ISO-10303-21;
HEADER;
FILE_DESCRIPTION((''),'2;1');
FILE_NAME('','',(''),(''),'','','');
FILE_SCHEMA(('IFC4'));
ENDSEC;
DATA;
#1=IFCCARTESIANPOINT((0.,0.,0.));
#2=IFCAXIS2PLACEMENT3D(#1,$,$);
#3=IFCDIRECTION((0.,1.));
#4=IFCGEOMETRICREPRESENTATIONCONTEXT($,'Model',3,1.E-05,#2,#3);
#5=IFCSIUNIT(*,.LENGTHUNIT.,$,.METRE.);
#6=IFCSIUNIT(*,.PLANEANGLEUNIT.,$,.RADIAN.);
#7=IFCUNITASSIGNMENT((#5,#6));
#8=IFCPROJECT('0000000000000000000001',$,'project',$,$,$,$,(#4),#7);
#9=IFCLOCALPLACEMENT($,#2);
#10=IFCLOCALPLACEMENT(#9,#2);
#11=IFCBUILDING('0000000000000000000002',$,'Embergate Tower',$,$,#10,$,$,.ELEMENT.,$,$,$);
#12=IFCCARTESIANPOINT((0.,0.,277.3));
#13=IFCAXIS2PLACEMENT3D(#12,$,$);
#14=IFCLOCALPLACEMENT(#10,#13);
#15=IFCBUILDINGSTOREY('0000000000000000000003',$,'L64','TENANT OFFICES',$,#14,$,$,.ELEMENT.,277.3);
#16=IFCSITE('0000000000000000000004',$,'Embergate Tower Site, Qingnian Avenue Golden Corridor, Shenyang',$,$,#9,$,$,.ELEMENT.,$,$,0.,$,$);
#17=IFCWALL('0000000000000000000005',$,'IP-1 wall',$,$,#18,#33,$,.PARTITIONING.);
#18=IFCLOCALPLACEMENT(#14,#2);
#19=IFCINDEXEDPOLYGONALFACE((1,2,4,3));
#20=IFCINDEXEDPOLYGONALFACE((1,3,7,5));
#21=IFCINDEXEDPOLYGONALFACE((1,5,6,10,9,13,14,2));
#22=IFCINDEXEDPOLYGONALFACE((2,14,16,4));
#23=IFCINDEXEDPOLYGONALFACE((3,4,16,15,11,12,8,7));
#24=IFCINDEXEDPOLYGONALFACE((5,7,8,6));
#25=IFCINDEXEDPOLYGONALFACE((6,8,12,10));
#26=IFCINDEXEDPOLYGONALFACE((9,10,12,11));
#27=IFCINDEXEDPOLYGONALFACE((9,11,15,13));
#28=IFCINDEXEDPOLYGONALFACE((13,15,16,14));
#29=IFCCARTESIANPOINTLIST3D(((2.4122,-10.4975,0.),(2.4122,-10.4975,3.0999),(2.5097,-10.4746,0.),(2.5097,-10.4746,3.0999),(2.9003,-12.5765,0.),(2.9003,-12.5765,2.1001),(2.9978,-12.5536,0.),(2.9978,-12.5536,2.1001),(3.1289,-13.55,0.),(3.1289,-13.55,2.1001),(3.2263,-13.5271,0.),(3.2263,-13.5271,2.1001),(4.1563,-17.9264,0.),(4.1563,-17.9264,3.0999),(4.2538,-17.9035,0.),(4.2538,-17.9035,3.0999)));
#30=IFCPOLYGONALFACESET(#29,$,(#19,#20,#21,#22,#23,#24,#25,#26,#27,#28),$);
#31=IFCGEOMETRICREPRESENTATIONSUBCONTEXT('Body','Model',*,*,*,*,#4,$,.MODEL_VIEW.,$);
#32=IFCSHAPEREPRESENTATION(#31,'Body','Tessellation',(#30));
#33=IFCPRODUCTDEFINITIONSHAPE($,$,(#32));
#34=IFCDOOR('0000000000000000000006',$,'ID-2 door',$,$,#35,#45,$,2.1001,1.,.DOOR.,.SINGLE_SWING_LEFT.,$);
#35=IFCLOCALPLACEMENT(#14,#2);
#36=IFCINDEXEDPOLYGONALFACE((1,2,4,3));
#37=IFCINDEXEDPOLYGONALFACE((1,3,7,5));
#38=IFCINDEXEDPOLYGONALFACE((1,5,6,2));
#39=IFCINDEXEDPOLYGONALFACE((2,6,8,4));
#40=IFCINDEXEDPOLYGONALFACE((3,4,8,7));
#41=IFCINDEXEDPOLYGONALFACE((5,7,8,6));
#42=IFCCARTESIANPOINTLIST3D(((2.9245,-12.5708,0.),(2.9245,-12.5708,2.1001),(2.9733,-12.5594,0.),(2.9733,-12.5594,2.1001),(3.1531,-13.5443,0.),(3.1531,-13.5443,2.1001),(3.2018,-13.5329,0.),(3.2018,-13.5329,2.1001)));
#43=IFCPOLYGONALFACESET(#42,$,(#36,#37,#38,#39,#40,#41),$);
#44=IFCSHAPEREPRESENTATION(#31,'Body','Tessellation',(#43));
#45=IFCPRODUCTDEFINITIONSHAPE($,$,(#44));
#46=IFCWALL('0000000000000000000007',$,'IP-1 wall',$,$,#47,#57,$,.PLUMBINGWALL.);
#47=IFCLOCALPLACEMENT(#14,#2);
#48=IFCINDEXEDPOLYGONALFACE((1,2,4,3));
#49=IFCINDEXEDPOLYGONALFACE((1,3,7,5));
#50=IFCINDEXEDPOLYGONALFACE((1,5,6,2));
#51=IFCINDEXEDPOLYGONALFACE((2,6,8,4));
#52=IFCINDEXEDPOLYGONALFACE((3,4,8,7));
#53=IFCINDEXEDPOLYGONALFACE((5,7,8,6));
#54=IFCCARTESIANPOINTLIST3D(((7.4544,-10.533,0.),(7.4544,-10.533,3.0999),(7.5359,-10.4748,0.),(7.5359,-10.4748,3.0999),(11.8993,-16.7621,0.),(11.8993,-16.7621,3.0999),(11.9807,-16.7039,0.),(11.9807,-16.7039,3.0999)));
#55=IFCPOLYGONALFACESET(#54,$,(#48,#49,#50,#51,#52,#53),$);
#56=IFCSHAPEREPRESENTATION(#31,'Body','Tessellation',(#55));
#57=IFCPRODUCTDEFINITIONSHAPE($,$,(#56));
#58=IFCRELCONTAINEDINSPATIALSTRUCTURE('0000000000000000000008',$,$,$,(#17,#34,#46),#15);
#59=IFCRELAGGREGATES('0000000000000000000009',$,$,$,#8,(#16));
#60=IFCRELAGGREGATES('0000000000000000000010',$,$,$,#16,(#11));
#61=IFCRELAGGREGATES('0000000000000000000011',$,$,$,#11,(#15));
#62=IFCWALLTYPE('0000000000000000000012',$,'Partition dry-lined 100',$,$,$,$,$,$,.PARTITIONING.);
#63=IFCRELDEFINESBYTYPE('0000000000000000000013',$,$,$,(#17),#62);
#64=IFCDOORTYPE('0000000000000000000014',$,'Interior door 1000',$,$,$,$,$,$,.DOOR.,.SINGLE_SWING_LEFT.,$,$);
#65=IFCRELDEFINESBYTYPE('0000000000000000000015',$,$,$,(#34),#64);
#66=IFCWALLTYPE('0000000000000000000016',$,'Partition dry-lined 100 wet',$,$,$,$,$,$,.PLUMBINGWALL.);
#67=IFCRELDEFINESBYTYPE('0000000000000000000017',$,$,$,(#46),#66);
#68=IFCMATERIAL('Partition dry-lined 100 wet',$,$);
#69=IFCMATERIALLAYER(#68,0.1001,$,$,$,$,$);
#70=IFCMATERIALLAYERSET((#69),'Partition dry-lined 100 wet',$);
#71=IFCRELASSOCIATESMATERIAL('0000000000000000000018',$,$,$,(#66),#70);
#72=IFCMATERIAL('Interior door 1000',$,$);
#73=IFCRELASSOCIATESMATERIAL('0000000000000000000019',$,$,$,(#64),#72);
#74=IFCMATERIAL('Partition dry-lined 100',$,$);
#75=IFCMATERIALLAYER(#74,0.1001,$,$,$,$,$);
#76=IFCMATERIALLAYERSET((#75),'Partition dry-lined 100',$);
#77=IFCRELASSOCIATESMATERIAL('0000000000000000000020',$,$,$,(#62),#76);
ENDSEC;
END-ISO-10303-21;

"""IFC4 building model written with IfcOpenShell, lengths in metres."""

from ifc_helpers import new_model, si_unit, direction, frame, frame_2d, origin, place, context, subcontext, project, spatial, rectangle, extrude, source, transform, mapped, material, layer, layer_set, type_object, element, fill, save


model = new_model("IFC4")

# Units and contexts
model_context = context("Model", 3, precision=1e-05, world=origin(), true_north=direction((0.0, 1.0)))
body_context = subcontext(model_context, "Body", "Model", "MODEL_VIEW")
ifc_project = project(units=[si_unit("LENGTHUNIT", "METRE"), si_unit("PLANEANGLEUNIT", "RADIAN")], contexts=[model_context])

# Site, building, storey
site_placement = place(None, origin())
site = spatial("IfcSite", under=ifc_project, at=site_placement, Name="Embergate Tower Site, Qingnian Avenue Golden Corridor, Shenyang", CompositionType="ELEMENT", RefElevation=0.0)
building_placement = place(site_placement, origin())
building = spatial("IfcBuilding", under=site, at=building_placement, Name="Embergate Tower", CompositionType="ELEMENT")
storey_placement = place(building_placement, frame((0.0, 0.0, 277.3)))
storey = spatial("IfcBuildingStorey", under=building, at=storey_placement, Name="L64", Description="TENANT OFFICES", CompositionType="ELEMENT", Elevation=277.3)

# Shared definitions
ifc_material_1 = material(Name="Partition dry-lined 100 wet")
ifc_layer_1 = layer(ifc_material_1, 0.1001)
ifc_layer_set_1 = layer_set([ifc_layer_1], Name="Partition dry-lined 100 wet")
wall_type_1 = type_object("IfcWallType", Name="Partition dry-lined 100 wet", PredefinedType="PLUMBINGWALL", material=ifc_layer_set_1)

# Shared definitions
ifc_material_2 = material(Name="Interior door 1000")
door_type_1 = type_object("IfcDoorType", Name="Interior door 1000", OperationType="SINGLE_SWING_LEFT", PredefinedType="DOOR", material=ifc_material_2)
shared_shape_1 = source(origin(), body_context, "Body", "SweptSolid", [
    extrude(rectangle(XDim=1.0, YDim=2.1001, at=frame_2d((0.5, 1.05))), frame((0.0, 0.0249, 0.0), z_axis=(0.0, -1.0, 0.0), x_axis=(1.0, 0.0, 0.0)), (0.0, 0.0, 1.0), 0.05),
])

# Shared definitions
ifc_material_3 = material(Name="Partition dry-lined 100")
ifc_layer_2 = layer(ifc_material_3, 0.1001)
ifc_layer_set_2 = layer_set([ifc_layer_2], Name="Partition dry-lined 100")
wall_type_2 = type_object("IfcWallType", Name="Partition dry-lined 100", PredefinedType="PARTITIONING", material=ifc_layer_set_2)

# Wall, opening, door
shared_shape_2 = source(origin(), body_context, "Body", "SweptSolid", [
    extrude(rectangle(XDim=7.6309, YDim=0.1001, at=frame_2d((3.8154, 0.0))), origin(), (0.0, 0.0, 1.0), 3.0999),
])
wall_1_placement = place(storey_placement, frame((2.4609, -10.4861, 0.0), z_axis=(0.0, 0.0, 1.0), x_axis=(0.228561, -0.97353, 0.0)))
wall_1 = element("IfcWall", 1, at=wall_1_placement, inside=storey, type_object=wall_type_2, Name="IP-1 wall", PredefinedType="PARTITIONING", context=body_context, shape_type="MappedRepresentation", body=[
    mapped(shared_shape_2, transform((0.0, 0.0, 0.0))),
])
shared_shape_3 = source(origin(), body_context, "Body", "SweptSolid", [
    extrude(rectangle(XDim=1.0, YDim=2.1001, at=frame_2d((0.5, 1.05))), frame((0.0, 0.0601, 0.0), z_axis=(0.0, -1.0, 0.0), x_axis=(1.0, 0.0, 0.0)), (0.0, 0.0, 1.0), 0.1201),
])
opening_1_placement = place(wall_1_placement, frame((2.1355, 0.0, 0.0)))
opening_1 = element("IfcOpeningElement", 2, at=opening_1_placement, cuts=wall_1, PredefinedType="OPENING", context=body_context, shape_type="MappedRepresentation", body=[
    mapped(shared_shape_3, transform((0.0, 0.0, 0.0))),
])
door_1_placement = place(opening_1_placement, origin())
door_1 = element("IfcDoor", 3, at=door_1_placement, inside=storey, type_object=door_type_1, Name="ID-2 door", OperationType="SINGLE_SWING_LEFT", OverallHeight=2.1001, OverallWidth=1.0, PredefinedType="DOOR", context=body_context, shape_type="MappedRepresentation", body=[
    mapped(shared_shape_1, transform((0.0, 0.0, 0.0))),
])
fill(opening_1, door_1)

# Wall
shared_shape_4 = source(origin(), body_context, "Body", "SweptSolid", [
    extrude(rectangle(XDim=7.6523, YDim=0.1001, at=frame_2d((3.8262, 0.0))), origin(), (0.0, 0.0, 1.0), 3.0999),
])
wall_2_placement = place(storey_placement, frame((7.4951, -10.5039, 0.0), z_axis=(0.0, 0.0, 1.0), x_axis=(0.580852, -0.814009, 0.0)))
element("IfcWall", 4, at=wall_2_placement, inside=storey, type_object=wall_type_1, Name="IP-1 wall", PredefinedType="PLUMBINGWALL", context=body_context, shape_type="MappedRepresentation", body=[
    mapped(shared_shape_4, transform((0.0, 0.0, 0.0))),
])

save(model, "model.ifc")
